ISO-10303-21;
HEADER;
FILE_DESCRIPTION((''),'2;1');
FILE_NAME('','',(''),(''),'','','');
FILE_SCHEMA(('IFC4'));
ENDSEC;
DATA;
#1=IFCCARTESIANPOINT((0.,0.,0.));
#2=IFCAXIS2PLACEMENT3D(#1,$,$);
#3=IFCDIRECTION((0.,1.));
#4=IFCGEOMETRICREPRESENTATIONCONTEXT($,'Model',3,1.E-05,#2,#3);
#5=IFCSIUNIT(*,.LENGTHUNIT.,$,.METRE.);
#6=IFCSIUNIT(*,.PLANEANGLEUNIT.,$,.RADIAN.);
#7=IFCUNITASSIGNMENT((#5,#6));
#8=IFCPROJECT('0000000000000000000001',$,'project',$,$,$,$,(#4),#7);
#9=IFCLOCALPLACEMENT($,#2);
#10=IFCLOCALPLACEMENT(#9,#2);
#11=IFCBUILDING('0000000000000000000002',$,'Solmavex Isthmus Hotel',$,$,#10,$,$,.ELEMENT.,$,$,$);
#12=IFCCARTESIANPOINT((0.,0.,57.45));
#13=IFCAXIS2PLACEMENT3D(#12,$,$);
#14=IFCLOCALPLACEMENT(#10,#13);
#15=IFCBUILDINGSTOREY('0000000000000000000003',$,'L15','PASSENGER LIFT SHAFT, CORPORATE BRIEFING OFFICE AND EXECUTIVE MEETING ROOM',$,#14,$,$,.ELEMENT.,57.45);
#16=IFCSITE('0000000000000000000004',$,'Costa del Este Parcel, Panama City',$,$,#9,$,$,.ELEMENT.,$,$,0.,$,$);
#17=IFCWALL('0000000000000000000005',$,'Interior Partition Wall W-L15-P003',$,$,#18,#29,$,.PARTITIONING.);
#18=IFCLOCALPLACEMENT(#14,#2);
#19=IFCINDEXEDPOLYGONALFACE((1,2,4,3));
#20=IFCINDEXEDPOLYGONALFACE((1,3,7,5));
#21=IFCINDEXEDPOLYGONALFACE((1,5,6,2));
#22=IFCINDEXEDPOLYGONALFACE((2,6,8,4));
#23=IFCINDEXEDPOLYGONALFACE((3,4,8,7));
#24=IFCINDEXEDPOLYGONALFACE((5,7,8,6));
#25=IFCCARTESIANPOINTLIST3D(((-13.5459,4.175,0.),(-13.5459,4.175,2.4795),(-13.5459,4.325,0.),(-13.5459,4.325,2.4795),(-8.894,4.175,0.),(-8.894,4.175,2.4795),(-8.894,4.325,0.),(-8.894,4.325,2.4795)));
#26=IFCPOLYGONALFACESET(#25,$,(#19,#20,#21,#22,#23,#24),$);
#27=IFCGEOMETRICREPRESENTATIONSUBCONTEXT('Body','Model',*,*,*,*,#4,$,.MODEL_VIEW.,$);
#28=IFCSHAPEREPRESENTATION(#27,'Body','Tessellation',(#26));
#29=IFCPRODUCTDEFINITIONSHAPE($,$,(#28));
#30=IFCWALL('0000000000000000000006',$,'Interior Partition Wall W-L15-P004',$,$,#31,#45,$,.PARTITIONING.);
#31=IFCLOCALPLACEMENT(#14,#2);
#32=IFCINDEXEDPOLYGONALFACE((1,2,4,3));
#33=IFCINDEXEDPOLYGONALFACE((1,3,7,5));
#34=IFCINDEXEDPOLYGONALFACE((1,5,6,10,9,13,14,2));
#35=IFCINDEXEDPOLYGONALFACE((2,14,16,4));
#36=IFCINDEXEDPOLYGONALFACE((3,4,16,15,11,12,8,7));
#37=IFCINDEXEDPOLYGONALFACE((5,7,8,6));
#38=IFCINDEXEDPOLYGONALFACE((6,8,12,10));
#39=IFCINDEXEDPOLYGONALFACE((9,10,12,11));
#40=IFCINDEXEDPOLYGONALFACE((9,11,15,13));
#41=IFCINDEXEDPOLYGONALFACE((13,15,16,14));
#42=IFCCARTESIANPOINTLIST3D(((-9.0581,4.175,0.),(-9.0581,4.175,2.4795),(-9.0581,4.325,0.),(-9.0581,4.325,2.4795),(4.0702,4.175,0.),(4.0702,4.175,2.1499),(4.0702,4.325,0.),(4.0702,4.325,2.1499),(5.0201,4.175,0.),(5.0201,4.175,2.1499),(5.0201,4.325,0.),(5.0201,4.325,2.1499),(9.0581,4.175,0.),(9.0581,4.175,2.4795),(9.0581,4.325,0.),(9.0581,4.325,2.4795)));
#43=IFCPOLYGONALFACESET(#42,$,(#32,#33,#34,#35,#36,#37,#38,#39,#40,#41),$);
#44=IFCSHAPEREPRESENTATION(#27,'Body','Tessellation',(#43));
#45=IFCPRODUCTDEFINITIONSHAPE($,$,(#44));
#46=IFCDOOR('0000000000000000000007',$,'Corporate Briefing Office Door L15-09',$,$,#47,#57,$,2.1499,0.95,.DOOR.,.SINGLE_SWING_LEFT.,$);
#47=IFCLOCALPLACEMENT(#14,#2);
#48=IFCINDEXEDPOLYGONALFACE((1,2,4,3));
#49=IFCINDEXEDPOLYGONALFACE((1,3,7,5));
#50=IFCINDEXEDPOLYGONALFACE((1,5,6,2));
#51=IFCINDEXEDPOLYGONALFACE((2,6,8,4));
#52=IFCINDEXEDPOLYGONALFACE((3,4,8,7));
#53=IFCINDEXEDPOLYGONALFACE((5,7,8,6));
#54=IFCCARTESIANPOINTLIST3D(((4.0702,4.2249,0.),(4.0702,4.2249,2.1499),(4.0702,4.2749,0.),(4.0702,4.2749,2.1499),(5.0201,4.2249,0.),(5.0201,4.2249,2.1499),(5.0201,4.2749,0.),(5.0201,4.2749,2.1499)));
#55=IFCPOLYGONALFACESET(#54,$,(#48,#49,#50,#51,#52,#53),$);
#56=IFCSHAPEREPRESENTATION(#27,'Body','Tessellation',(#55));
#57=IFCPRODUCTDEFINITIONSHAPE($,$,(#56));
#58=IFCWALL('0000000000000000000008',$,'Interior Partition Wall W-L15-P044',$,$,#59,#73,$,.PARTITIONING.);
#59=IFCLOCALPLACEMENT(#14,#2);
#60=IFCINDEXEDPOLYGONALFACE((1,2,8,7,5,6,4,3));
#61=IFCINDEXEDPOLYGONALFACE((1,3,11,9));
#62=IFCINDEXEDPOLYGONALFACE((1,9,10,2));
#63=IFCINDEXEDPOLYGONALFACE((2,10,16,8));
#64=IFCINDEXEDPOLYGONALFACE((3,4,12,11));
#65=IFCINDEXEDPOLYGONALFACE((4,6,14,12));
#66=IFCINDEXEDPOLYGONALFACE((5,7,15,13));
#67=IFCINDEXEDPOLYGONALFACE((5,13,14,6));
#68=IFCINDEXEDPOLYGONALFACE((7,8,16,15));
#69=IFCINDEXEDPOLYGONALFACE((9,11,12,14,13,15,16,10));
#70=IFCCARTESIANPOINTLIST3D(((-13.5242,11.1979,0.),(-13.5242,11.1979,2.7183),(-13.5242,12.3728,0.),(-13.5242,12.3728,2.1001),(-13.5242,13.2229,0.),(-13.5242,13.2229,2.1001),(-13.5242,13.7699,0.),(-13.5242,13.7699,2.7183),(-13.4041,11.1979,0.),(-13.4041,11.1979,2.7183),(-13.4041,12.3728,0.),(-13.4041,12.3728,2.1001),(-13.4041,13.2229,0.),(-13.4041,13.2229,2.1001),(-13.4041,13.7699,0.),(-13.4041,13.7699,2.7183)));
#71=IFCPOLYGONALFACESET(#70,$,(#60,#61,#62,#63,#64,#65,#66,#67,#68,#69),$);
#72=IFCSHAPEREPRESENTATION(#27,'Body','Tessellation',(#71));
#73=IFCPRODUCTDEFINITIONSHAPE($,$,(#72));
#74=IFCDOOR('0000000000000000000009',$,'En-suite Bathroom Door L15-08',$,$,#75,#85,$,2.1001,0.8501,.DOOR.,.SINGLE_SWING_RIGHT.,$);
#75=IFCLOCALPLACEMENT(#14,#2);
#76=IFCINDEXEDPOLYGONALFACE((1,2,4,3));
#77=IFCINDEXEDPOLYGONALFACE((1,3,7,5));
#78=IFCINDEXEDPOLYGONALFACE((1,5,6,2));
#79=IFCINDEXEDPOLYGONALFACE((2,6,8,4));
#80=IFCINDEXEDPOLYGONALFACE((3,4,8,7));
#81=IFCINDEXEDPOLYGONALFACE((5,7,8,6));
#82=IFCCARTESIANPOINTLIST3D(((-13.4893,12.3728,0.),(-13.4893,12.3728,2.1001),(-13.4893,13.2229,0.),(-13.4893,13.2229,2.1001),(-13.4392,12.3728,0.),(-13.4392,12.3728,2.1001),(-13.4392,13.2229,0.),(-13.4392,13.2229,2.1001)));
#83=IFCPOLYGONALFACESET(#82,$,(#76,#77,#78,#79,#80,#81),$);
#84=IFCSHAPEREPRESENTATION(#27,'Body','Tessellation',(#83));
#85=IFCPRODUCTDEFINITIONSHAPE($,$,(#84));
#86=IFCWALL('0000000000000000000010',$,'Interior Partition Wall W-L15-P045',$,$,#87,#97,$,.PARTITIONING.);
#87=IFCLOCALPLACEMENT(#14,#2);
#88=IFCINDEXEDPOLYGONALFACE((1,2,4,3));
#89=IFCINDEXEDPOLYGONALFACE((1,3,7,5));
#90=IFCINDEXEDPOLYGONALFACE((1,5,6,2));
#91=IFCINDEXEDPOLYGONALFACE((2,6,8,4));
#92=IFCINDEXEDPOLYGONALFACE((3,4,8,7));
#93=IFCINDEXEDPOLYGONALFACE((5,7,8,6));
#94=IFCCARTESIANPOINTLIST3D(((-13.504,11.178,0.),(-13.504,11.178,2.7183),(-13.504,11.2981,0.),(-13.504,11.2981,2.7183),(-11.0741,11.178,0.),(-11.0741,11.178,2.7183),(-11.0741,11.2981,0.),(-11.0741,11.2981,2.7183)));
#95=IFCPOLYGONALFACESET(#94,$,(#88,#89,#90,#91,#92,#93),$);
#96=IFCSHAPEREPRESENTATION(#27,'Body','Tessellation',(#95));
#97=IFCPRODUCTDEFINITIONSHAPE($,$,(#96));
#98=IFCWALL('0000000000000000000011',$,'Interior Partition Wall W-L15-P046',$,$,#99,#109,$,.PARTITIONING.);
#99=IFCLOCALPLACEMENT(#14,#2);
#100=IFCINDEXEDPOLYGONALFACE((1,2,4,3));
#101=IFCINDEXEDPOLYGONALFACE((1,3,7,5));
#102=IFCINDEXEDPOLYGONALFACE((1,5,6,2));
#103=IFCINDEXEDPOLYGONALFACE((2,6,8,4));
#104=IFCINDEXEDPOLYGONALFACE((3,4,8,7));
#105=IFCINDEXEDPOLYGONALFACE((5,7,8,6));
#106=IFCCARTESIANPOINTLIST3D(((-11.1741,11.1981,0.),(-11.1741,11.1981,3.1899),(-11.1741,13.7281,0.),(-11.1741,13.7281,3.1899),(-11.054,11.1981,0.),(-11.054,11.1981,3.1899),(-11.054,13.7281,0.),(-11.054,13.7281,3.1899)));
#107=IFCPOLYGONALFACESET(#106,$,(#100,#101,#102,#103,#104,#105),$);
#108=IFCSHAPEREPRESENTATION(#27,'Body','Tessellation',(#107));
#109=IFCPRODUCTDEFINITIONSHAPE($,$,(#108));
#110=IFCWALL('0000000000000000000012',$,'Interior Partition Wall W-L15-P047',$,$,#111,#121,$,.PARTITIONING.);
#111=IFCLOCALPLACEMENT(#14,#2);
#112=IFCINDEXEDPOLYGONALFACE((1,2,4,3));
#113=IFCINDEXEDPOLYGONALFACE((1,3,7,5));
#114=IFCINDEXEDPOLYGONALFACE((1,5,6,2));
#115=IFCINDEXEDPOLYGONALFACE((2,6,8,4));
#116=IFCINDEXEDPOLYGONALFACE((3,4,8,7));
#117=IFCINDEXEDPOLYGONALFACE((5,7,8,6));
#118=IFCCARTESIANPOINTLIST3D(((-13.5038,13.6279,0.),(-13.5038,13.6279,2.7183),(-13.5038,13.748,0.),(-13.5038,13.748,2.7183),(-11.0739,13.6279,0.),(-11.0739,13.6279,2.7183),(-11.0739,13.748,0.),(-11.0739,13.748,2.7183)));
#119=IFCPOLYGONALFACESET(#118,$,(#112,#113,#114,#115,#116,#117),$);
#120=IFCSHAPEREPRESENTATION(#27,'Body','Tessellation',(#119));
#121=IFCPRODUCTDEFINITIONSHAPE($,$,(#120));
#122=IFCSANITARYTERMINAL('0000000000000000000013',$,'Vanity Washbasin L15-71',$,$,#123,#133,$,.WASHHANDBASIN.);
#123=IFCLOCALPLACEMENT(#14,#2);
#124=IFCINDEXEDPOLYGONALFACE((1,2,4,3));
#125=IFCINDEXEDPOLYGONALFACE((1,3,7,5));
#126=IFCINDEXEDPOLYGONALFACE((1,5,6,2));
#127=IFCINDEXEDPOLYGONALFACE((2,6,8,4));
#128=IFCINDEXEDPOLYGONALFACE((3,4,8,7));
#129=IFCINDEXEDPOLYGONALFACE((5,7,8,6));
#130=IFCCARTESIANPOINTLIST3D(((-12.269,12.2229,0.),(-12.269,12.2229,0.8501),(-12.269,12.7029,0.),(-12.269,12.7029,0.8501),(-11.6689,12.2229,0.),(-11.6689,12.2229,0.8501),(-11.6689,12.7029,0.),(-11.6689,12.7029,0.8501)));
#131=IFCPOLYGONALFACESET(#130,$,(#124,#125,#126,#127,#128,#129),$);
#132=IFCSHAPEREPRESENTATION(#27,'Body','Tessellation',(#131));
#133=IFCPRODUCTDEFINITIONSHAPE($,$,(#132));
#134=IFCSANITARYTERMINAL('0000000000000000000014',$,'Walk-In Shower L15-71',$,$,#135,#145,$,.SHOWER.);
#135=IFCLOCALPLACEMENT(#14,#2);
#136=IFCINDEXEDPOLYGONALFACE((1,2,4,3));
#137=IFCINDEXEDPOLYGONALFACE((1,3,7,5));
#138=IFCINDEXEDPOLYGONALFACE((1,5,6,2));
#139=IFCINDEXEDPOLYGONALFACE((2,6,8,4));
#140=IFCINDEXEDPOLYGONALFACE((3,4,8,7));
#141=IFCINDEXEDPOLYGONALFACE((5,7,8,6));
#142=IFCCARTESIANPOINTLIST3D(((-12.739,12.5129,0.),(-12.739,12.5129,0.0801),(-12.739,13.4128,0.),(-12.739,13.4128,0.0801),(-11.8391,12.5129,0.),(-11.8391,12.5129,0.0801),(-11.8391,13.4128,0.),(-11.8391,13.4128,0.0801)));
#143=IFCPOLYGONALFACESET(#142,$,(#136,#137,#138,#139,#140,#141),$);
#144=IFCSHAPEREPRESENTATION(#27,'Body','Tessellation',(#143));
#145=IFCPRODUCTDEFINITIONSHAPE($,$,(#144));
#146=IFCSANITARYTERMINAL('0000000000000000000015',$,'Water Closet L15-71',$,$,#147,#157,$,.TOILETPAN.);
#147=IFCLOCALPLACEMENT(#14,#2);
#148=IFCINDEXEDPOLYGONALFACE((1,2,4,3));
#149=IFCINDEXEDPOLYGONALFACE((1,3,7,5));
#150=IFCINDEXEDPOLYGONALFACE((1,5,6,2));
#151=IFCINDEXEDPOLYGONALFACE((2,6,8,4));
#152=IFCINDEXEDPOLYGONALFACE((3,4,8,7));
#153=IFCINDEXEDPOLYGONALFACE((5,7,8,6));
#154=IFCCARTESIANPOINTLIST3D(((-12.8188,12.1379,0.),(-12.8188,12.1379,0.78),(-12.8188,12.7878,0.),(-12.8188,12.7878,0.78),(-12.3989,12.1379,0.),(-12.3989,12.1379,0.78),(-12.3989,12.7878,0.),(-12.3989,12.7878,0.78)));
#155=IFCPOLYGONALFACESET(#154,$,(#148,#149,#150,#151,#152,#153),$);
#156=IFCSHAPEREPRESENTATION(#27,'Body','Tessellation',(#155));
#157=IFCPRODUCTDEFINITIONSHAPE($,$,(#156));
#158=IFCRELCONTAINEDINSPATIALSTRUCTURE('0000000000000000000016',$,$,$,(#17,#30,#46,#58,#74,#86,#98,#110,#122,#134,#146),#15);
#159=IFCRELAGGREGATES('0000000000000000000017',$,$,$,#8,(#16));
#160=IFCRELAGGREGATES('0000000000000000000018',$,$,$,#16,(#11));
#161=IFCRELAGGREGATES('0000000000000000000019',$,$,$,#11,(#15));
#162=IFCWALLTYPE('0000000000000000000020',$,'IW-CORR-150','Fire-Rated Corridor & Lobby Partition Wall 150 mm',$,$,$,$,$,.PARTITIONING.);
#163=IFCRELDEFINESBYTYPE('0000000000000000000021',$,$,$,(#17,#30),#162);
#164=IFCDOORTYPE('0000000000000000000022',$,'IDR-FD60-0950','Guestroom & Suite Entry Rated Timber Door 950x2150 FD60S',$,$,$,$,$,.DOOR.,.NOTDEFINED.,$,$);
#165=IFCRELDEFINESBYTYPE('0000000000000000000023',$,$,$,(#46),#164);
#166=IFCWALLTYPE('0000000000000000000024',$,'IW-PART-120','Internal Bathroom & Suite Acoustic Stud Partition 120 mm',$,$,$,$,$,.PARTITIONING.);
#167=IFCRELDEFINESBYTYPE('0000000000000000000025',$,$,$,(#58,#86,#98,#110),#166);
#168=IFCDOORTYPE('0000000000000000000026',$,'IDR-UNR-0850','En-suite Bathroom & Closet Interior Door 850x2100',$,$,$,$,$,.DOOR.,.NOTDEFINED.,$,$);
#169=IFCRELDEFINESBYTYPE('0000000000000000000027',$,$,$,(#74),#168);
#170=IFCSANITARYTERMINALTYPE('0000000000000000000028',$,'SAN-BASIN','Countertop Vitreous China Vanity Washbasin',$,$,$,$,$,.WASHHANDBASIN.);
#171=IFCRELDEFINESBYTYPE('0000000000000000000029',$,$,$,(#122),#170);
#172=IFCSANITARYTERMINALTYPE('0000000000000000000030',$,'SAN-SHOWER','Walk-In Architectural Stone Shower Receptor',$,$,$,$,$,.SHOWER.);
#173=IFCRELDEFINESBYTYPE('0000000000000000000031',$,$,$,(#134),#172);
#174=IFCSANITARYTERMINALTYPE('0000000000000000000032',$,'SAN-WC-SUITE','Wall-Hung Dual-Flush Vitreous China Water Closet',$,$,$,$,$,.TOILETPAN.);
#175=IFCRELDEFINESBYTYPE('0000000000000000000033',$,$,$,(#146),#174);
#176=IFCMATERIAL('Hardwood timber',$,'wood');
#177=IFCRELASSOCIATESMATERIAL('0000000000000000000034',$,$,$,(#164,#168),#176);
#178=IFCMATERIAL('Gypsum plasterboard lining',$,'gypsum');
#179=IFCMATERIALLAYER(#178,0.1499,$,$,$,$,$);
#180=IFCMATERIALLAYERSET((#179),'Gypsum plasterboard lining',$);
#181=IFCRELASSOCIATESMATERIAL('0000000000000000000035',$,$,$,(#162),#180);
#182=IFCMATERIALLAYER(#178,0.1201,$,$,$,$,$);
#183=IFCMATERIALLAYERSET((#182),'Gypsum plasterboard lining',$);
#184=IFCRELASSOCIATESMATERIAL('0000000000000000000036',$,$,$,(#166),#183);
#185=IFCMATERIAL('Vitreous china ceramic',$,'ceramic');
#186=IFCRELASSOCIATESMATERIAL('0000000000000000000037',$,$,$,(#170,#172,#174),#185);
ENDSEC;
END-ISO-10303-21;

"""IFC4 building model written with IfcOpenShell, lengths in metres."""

from ifc_helpers import new_model, si_unit, direction, frame, frame_2d, origin, origin_2d, place, context, subcontext, project, spatial, rectangle, extrude, material, layer, layer_set, type_object, element, fill, save


model = new_model("IFC4")

# Units and contexts
model_context = context("Model", 3, precision=1e-05, world=origin(), true_north=direction((0.0, 1.0)))
body_context = subcontext(model_context, "Body", "Model", "MODEL_VIEW")
ifc_project = project(units=[si_unit("LENGTHUNIT", "METRE"), si_unit("PLANEANGLEUNIT", "RADIAN")], contexts=[model_context])

# Site, building, storey
site_placement = place(None, origin())
site = spatial("IfcSite", under=ifc_project, at=site_placement, Name="Costa del Este Parcel, Panama City", CompositionType="ELEMENT", RefElevation=0.0)
building_placement = place(site_placement, origin())
building = spatial("IfcBuilding", under=site, at=building_placement, Name="Solmavex Isthmus Hotel", CompositionType="ELEMENT")
storey_placement = place(building_placement, frame((0.0, 0.0, 57.45)))
storey = spatial("IfcBuildingStorey", under=building, at=storey_placement, Name="L15", Description="PASSENGER LIFT SHAFT, CORPORATE BRIEFING OFFICE AND EXECUTIVE MEETING ROOM", CompositionType="ELEMENT", Elevation=57.45)

# Shared definitions
ifc_material_1 = material(Name="Gypsum plasterboard lining", Category="gypsum")

# Shared definitions
ifc_material_2 = material(Name="Hardwood timber", Category="wood")
door_type_1 = type_object("IfcDoorType", Name="IDR-FD60-0950", Description="Guestroom & Suite Entry Rated Timber Door 950x2150 FD60S", OperationType="NOTDEFINED", PredefinedType="DOOR", material=ifc_material_2)

# Wall
ifc_layer_1 = layer(ifc_material_1, 0.1499)
ifc_layer_set_1 = layer_set([ifc_layer_1], Name="Gypsum plasterboard lining")
wall_type_1 = type_object("IfcWallType", Name="IW-CORR-150", Description="Fire-Rated Corridor & Lobby Partition Wall 150 mm", PredefinedType="PARTITIONING", material=ifc_layer_set_1)
wall_1_placement = place(storey_placement, frame((-13.5459, 4.25, 0.0), z_axis=(0.0, 0.0, 1.0), x_axis=(1.0, 0.0, 0.0)))
element("IfcWall", 1, at=wall_1_placement, inside=storey, type_object=wall_type_1, Name="Interior Partition Wall W-L15-P003", PredefinedType="PARTITIONING", context=body_context, shape_type="SweptSolid", body=[
    extrude(rectangle(XDim=4.6519, YDim=0.1499, at=frame_2d((2.3259, 0.0))), origin(), (0.0, 0.0, 1.0), 2.4795),
])

# Walls, openings, doors
wall_2_placement = place(storey_placement, frame((-9.0581, 4.25, 0.0), z_axis=(0.0, 0.0, 1.0), x_axis=(1.0, 0.0, 0.0)))
wall_2 = element("IfcWall", 2, at=wall_2_placement, inside=storey, type_object=wall_type_1, Name="Interior Partition Wall W-L15-P004", PredefinedType="PARTITIONING", context=body_context, shape_type="SweptSolid", body=[
    extrude(rectangle(XDim=18.1162, YDim=0.1499, at=frame_2d((9.0581, 0.0))), origin(), (0.0, 0.0, 1.0), 2.4795),
])
opening_1_placement = place(wall_2_placement, frame((13.1282, 0.0, 0.0)))
opening_1 = element("IfcOpeningElement", 3, at=opening_1_placement, cuts=wall_2, PredefinedType="OPENING", context=body_context, shape_type="SweptSolid", body=[
    extrude(rectangle(XDim=0.95, YDim=2.1499, at=frame_2d((0.4751, 1.075))), frame((0.0, 0.085, 0.0), z_axis=(0.0, -1.0, 0.0), x_axis=(1.0, 0.0, 0.0)), (0.0, 0.0, 1.0), 0.1699),
])
door_1_placement = place(opening_1_placement, origin())
door_1 = element("IfcDoor", 4, at=door_1_placement, inside=storey, type_object=door_type_1, Name="Corporate Briefing Office Door L15-09", OperationType="SINGLE_SWING_LEFT", OverallHeight=2.1499, OverallWidth=0.95, PredefinedType="DOOR", context=body_context, shape_type="SweptSolid", body=[
    extrude(rectangle(XDim=0.95, YDim=2.1499, at=frame_2d((0.4751, 1.075))), frame((0.0, 0.0249, 0.0), z_axis=(0.0, -1.0, 0.0), x_axis=(1.0, 0.0, 0.0)), (0.0, 0.0, 1.0), 0.05),
])
fill(opening_1, door_1)
ifc_layer_2 = layer(ifc_material_1, 0.1201)
ifc_layer_set_2 = layer_set([ifc_layer_2], Name="Gypsum plasterboard lining")
wall_type_2 = type_object("IfcWallType", Name="IW-PART-120", Description="Internal Bathroom & Suite Acoustic Stud Partition 120 mm", PredefinedType="PARTITIONING", material=ifc_layer_set_2)
wall_3_placement = place(storey_placement, frame((-13.4641, 13.77, 0.0), z_axis=(0.0, 0.0, 1.0), x_axis=(0.0, -1.0, 0.0)))
wall_3 = element("IfcWall", 5, at=wall_3_placement, inside=storey, type_object=wall_type_2, Name="Interior Partition Wall W-L15-P044", PredefinedType="PARTITIONING", context=body_context, shape_type="SweptSolid", body=[
    extrude(rectangle(XDim=2.572, YDim=0.1201, at=frame_2d((1.2861, 0.0))), origin(), (0.0, 0.0, 1.0), 2.7183),
])
opening_2_placement = place(wall_3_placement, frame((0.5471, 0.0, 0.0)))
opening_2 = element("IfcOpeningElement", 6, at=opening_2_placement, cuts=wall_3, PredefinedType="OPENING", context=body_context, shape_type="SweptSolid", body=[
    extrude(rectangle(XDim=0.8501, YDim=2.1001, at=frame_2d((0.425, 1.05))), frame((0.0, 0.0701, 0.0), z_axis=(0.0, -1.0, 0.0), x_axis=(1.0, 0.0, 0.0)), (0.0, 0.0, 1.0), 0.1401),
])
door_type_2 = type_object("IfcDoorType", Name="IDR-UNR-0850", Description="En-suite Bathroom & Closet Interior Door 850x2100", OperationType="NOTDEFINED", PredefinedType="DOOR", material=ifc_material_2)
door_2_placement = place(opening_2_placement, origin())
door_2 = element("IfcDoor", 7, at=door_2_placement, inside=storey, type_object=door_type_2, Name="En-suite Bathroom Door L15-08", OperationType="SINGLE_SWING_RIGHT", OverallHeight=2.1001, OverallWidth=0.8501, PredefinedType="DOOR", context=body_context, shape_type="SweptSolid", body=[
    extrude(rectangle(XDim=0.8501, YDim=2.1001, at=frame_2d((0.425, 1.05))), frame((0.0, 0.0249, 0.0), z_axis=(0.0, -1.0, 0.0), x_axis=(1.0, 0.0, 0.0)), (0.0, 0.0, 1.0), 0.05),
])
fill(opening_2, door_2)

# Walls
wall_4_placement = place(storey_placement, frame((-13.5039, 11.238, 0.0), z_axis=(0.0, 0.0, 1.0), x_axis=(1.0, 0.0, 0.0)))
element("IfcWall", 8, at=wall_4_placement, inside=storey, type_object=wall_type_2, Name="Interior Partition Wall W-L15-P045", PredefinedType="PARTITIONING", context=body_context, shape_type="SweptSolid", body=[
    extrude(rectangle(XDim=2.4299, YDim=0.1201, at=frame_2d((1.2148, 0.0))), origin(), (0.0, 0.0, 1.0), 2.7183),
])
wall_5_placement = place(storey_placement, frame((-11.114, 11.198, 0.0), z_axis=(0.0, 0.0, 1.0), x_axis=(0.0, 1.0, 0.0)))
element("IfcWall", 9, at=wall_5_placement, inside=storey, type_object=wall_type_2, Name="Interior Partition Wall W-L15-P046", PredefinedType="PARTITIONING", context=body_context, shape_type="SweptSolid", body=[
    extrude(rectangle(XDim=2.53, YDim=0.1201, at=frame_2d((1.2651, 0.0))), origin(), (0.0, 0.0, 1.0), 3.1899),
])
wall_6_placement = place(storey_placement, frame((-11.074, 13.688, 0.0), z_axis=(0.0, 0.0, 1.0), x_axis=(-1.0, 0.0, 0.0)))
element("IfcWall", 10, at=wall_6_placement, inside=storey, type_object=wall_type_2, Name="Interior Partition Wall W-L15-P047", PredefinedType="PARTITIONING", context=body_context, shape_type="SweptSolid", body=[
    extrude(rectangle(XDim=2.4299, YDim=0.1201, at=frame_2d((1.2148, 0.0))), origin(), (0.0, 0.0, 1.0), 2.7183),
])

# Sanitary terminals
ifc_material_3 = material(Name="Vitreous china ceramic", Category="ceramic")
sanitary_terminal_type_1 = type_object("IfcSanitaryTerminalType", Name="SAN-BASIN", Description="Countertop Vitreous China Vanity Washbasin", PredefinedType="WASHHANDBASIN", material=ifc_material_3)
sanitary_terminal_1_placement = place(storey_placement, frame((-11.969, 12.4629, 0.0), z_axis=(0.0, 0.0, 1.0), x_axis=(1.0, 0.0, 0.0)))
element("IfcSanitaryTerminal", 11, at=sanitary_terminal_1_placement, inside=storey, type_object=sanitary_terminal_type_1, Name="Vanity Washbasin L15-71", PredefinedType="WASHHANDBASIN", context=body_context, shape_type="SweptSolid", body=[
    extrude(rectangle(XDim=0.6001, YDim=0.48, at=origin_2d()), origin(), (0.0, 0.0, 1.0), 0.8501),
])
sanitary_terminal_type_2 = type_object("IfcSanitaryTerminalType", Name="SAN-SHOWER", Description="Walk-In Architectural Stone Shower Receptor", PredefinedType="SHOWER", material=ifc_material_3)
sanitary_terminal_2_placement = place(storey_placement, frame((-12.2891, 12.9629, 0.0), z_axis=(0.0, 0.0, 1.0), x_axis=(1.0, 0.0, 0.0)))
element("IfcSanitaryTerminal", 12, at=sanitary_terminal_2_placement, inside=storey, type_object=sanitary_terminal_type_2, Name="Walk-In Shower L15-71", PredefinedType="SHOWER", context=body_context, shape_type="SweptSolid", body=[
    extrude(rectangle(XDim=0.8999, YDim=0.8999, at=origin_2d()), origin(), (0.0, 0.0, 1.0), 0.0801),
])
sanitary_terminal_type_3 = type_object("IfcSanitaryTerminalType", Name="SAN-WC-SUITE", Description="Wall-Hung Dual-Flush Vitreous China Water Closet", PredefinedType="TOILETPAN", material=ifc_material_3)
sanitary_terminal_3_placement = place(storey_placement, frame((-12.6089, 12.4629, 0.0), z_axis=(0.0, 0.0, 1.0), x_axis=(1.0, 0.0, 0.0)))
element("IfcSanitaryTerminal", 13, at=sanitary_terminal_3_placement, inside=storey, type_object=sanitary_terminal_type_3, Name="Water Closet L15-71", PredefinedType="TOILETPAN", context=body_context, shape_type="SweptSolid", body=[
    extrude(rectangle(XDim=0.4199, YDim=0.6499, at=origin_2d()), origin(), (0.0, 0.0, 1.0), 0.78),
])

save(model, "model.ifc")
